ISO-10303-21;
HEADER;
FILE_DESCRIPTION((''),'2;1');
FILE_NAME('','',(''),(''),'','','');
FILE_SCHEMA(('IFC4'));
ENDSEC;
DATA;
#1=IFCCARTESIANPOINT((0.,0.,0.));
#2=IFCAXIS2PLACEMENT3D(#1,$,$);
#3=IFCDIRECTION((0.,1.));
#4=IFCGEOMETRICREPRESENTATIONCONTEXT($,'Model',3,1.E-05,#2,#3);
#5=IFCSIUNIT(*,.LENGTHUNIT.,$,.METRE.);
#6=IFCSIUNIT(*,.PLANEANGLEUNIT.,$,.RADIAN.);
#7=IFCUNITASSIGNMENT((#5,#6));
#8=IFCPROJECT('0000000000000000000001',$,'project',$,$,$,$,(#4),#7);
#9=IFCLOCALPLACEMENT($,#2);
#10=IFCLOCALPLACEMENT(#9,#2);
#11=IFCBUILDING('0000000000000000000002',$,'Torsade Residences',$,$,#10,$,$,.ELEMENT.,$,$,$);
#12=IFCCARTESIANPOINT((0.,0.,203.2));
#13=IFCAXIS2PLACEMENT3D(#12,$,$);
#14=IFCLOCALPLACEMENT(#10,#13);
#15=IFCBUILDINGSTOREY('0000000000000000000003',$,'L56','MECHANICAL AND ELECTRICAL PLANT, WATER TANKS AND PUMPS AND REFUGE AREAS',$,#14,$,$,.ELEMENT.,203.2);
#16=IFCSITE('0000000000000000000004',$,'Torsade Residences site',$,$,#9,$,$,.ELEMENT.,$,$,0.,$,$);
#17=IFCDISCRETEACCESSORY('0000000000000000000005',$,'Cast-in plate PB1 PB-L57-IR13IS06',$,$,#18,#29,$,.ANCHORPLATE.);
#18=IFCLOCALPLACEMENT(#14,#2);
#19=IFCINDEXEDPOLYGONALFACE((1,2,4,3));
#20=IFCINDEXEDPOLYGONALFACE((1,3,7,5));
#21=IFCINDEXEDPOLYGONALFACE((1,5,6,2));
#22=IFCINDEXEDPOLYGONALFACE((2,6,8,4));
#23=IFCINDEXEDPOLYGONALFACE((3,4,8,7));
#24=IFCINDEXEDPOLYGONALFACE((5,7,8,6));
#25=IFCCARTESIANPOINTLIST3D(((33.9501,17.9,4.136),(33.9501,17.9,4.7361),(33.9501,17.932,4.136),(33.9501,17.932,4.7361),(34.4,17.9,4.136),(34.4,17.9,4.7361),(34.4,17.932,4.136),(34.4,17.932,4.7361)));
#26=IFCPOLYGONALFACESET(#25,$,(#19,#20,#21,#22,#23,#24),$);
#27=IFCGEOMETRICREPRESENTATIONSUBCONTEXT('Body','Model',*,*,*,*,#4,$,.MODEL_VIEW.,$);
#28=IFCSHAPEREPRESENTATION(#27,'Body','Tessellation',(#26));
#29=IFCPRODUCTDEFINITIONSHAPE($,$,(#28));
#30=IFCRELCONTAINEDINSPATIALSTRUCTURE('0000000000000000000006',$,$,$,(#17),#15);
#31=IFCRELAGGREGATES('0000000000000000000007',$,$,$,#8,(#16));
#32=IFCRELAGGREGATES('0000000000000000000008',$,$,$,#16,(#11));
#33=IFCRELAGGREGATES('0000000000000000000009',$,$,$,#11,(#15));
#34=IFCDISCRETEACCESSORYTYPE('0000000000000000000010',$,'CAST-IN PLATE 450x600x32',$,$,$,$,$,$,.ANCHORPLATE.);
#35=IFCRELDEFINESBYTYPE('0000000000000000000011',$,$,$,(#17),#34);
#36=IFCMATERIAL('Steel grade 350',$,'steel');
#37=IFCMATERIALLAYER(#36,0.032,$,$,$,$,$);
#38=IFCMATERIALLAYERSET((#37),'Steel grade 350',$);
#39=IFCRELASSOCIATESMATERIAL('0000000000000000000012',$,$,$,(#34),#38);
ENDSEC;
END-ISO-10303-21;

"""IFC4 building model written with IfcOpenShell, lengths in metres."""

from ifc_helpers import new_model, si_unit, direction, frame, origin, origin_2d, place, context, subcontext, project, spatial, rectangle, extrude, material, layer, layer_set, type_object, element, save


model = new_model("IFC4")

# Units and contexts
model_context = context("Model", 3, precision=1e-05, world=origin(), true_north=direction((0.0, 1.0)))
body_context = subcontext(model_context, "Body", "Model", "MODEL_VIEW")
ifc_project = project(units=[si_unit("LENGTHUNIT", "METRE"), si_unit("PLANEANGLEUNIT", "RADIAN")], contexts=[model_context])

# Site, building, storey
site_placement = place(None, origin())
site = spatial("IfcSite", under=ifc_project, at=site_placement, Name="Torsade Residences site", CompositionType="ELEMENT", RefElevation=0.0)
building_placement = place(site_placement, origin())
building = spatial("IfcBuilding", under=site, at=building_placement, Name="Torsade Residences", CompositionType="ELEMENT")
storey_placement = place(building_placement, frame((0.0, 0.0, 203.2)))
storey = spatial("IfcBuildingStorey", under=building, at=storey_placement, Name="L56", Description="MECHANICAL AND ELECTRICAL PLANT, WATER TANKS AND PUMPS AND REFUGE AREAS", CompositionType="ELEMENT", Elevation=203.2)

# Discrete accessory
ifc_material_1 = material(Name="Steel grade 350", Category="steel")
ifc_layer_1 = layer(ifc_material_1, 0.032)
ifc_layer_set_1 = layer_set([ifc_layer_1], Name="Steel grade 350")
discrete_accessory_type = type_object("IfcDiscreteAccessoryType", Name="CAST-IN PLATE 450x600x32", PredefinedType="ANCHORPLATE", material=ifc_layer_set_1)
for number, where, z_axis, x_axis, name in (
    (1, (34.175, 17.916, 4.136), (0.0, 0.0, 1.0), (1.0, 0.0, 0.0), "Cast-in plate PB1 PB-L57-IR13IS06"),
):
    element("IfcDiscreteAccessory", number, at=place(storey_placement, frame(where, z_axis=z_axis, x_axis=x_axis)), inside=storey, type_object=discrete_accessory_type, Name=name, PredefinedType="ANCHORPLATE", context=body_context, shape_type="SweptSolid", body=[
        extrude(rectangle(XDim=0.45, YDim=0.032, at=origin_2d()), origin(), (0.0, 0.0, 1.0), 0.6001),
    ])

save(model, "model.ifc")
